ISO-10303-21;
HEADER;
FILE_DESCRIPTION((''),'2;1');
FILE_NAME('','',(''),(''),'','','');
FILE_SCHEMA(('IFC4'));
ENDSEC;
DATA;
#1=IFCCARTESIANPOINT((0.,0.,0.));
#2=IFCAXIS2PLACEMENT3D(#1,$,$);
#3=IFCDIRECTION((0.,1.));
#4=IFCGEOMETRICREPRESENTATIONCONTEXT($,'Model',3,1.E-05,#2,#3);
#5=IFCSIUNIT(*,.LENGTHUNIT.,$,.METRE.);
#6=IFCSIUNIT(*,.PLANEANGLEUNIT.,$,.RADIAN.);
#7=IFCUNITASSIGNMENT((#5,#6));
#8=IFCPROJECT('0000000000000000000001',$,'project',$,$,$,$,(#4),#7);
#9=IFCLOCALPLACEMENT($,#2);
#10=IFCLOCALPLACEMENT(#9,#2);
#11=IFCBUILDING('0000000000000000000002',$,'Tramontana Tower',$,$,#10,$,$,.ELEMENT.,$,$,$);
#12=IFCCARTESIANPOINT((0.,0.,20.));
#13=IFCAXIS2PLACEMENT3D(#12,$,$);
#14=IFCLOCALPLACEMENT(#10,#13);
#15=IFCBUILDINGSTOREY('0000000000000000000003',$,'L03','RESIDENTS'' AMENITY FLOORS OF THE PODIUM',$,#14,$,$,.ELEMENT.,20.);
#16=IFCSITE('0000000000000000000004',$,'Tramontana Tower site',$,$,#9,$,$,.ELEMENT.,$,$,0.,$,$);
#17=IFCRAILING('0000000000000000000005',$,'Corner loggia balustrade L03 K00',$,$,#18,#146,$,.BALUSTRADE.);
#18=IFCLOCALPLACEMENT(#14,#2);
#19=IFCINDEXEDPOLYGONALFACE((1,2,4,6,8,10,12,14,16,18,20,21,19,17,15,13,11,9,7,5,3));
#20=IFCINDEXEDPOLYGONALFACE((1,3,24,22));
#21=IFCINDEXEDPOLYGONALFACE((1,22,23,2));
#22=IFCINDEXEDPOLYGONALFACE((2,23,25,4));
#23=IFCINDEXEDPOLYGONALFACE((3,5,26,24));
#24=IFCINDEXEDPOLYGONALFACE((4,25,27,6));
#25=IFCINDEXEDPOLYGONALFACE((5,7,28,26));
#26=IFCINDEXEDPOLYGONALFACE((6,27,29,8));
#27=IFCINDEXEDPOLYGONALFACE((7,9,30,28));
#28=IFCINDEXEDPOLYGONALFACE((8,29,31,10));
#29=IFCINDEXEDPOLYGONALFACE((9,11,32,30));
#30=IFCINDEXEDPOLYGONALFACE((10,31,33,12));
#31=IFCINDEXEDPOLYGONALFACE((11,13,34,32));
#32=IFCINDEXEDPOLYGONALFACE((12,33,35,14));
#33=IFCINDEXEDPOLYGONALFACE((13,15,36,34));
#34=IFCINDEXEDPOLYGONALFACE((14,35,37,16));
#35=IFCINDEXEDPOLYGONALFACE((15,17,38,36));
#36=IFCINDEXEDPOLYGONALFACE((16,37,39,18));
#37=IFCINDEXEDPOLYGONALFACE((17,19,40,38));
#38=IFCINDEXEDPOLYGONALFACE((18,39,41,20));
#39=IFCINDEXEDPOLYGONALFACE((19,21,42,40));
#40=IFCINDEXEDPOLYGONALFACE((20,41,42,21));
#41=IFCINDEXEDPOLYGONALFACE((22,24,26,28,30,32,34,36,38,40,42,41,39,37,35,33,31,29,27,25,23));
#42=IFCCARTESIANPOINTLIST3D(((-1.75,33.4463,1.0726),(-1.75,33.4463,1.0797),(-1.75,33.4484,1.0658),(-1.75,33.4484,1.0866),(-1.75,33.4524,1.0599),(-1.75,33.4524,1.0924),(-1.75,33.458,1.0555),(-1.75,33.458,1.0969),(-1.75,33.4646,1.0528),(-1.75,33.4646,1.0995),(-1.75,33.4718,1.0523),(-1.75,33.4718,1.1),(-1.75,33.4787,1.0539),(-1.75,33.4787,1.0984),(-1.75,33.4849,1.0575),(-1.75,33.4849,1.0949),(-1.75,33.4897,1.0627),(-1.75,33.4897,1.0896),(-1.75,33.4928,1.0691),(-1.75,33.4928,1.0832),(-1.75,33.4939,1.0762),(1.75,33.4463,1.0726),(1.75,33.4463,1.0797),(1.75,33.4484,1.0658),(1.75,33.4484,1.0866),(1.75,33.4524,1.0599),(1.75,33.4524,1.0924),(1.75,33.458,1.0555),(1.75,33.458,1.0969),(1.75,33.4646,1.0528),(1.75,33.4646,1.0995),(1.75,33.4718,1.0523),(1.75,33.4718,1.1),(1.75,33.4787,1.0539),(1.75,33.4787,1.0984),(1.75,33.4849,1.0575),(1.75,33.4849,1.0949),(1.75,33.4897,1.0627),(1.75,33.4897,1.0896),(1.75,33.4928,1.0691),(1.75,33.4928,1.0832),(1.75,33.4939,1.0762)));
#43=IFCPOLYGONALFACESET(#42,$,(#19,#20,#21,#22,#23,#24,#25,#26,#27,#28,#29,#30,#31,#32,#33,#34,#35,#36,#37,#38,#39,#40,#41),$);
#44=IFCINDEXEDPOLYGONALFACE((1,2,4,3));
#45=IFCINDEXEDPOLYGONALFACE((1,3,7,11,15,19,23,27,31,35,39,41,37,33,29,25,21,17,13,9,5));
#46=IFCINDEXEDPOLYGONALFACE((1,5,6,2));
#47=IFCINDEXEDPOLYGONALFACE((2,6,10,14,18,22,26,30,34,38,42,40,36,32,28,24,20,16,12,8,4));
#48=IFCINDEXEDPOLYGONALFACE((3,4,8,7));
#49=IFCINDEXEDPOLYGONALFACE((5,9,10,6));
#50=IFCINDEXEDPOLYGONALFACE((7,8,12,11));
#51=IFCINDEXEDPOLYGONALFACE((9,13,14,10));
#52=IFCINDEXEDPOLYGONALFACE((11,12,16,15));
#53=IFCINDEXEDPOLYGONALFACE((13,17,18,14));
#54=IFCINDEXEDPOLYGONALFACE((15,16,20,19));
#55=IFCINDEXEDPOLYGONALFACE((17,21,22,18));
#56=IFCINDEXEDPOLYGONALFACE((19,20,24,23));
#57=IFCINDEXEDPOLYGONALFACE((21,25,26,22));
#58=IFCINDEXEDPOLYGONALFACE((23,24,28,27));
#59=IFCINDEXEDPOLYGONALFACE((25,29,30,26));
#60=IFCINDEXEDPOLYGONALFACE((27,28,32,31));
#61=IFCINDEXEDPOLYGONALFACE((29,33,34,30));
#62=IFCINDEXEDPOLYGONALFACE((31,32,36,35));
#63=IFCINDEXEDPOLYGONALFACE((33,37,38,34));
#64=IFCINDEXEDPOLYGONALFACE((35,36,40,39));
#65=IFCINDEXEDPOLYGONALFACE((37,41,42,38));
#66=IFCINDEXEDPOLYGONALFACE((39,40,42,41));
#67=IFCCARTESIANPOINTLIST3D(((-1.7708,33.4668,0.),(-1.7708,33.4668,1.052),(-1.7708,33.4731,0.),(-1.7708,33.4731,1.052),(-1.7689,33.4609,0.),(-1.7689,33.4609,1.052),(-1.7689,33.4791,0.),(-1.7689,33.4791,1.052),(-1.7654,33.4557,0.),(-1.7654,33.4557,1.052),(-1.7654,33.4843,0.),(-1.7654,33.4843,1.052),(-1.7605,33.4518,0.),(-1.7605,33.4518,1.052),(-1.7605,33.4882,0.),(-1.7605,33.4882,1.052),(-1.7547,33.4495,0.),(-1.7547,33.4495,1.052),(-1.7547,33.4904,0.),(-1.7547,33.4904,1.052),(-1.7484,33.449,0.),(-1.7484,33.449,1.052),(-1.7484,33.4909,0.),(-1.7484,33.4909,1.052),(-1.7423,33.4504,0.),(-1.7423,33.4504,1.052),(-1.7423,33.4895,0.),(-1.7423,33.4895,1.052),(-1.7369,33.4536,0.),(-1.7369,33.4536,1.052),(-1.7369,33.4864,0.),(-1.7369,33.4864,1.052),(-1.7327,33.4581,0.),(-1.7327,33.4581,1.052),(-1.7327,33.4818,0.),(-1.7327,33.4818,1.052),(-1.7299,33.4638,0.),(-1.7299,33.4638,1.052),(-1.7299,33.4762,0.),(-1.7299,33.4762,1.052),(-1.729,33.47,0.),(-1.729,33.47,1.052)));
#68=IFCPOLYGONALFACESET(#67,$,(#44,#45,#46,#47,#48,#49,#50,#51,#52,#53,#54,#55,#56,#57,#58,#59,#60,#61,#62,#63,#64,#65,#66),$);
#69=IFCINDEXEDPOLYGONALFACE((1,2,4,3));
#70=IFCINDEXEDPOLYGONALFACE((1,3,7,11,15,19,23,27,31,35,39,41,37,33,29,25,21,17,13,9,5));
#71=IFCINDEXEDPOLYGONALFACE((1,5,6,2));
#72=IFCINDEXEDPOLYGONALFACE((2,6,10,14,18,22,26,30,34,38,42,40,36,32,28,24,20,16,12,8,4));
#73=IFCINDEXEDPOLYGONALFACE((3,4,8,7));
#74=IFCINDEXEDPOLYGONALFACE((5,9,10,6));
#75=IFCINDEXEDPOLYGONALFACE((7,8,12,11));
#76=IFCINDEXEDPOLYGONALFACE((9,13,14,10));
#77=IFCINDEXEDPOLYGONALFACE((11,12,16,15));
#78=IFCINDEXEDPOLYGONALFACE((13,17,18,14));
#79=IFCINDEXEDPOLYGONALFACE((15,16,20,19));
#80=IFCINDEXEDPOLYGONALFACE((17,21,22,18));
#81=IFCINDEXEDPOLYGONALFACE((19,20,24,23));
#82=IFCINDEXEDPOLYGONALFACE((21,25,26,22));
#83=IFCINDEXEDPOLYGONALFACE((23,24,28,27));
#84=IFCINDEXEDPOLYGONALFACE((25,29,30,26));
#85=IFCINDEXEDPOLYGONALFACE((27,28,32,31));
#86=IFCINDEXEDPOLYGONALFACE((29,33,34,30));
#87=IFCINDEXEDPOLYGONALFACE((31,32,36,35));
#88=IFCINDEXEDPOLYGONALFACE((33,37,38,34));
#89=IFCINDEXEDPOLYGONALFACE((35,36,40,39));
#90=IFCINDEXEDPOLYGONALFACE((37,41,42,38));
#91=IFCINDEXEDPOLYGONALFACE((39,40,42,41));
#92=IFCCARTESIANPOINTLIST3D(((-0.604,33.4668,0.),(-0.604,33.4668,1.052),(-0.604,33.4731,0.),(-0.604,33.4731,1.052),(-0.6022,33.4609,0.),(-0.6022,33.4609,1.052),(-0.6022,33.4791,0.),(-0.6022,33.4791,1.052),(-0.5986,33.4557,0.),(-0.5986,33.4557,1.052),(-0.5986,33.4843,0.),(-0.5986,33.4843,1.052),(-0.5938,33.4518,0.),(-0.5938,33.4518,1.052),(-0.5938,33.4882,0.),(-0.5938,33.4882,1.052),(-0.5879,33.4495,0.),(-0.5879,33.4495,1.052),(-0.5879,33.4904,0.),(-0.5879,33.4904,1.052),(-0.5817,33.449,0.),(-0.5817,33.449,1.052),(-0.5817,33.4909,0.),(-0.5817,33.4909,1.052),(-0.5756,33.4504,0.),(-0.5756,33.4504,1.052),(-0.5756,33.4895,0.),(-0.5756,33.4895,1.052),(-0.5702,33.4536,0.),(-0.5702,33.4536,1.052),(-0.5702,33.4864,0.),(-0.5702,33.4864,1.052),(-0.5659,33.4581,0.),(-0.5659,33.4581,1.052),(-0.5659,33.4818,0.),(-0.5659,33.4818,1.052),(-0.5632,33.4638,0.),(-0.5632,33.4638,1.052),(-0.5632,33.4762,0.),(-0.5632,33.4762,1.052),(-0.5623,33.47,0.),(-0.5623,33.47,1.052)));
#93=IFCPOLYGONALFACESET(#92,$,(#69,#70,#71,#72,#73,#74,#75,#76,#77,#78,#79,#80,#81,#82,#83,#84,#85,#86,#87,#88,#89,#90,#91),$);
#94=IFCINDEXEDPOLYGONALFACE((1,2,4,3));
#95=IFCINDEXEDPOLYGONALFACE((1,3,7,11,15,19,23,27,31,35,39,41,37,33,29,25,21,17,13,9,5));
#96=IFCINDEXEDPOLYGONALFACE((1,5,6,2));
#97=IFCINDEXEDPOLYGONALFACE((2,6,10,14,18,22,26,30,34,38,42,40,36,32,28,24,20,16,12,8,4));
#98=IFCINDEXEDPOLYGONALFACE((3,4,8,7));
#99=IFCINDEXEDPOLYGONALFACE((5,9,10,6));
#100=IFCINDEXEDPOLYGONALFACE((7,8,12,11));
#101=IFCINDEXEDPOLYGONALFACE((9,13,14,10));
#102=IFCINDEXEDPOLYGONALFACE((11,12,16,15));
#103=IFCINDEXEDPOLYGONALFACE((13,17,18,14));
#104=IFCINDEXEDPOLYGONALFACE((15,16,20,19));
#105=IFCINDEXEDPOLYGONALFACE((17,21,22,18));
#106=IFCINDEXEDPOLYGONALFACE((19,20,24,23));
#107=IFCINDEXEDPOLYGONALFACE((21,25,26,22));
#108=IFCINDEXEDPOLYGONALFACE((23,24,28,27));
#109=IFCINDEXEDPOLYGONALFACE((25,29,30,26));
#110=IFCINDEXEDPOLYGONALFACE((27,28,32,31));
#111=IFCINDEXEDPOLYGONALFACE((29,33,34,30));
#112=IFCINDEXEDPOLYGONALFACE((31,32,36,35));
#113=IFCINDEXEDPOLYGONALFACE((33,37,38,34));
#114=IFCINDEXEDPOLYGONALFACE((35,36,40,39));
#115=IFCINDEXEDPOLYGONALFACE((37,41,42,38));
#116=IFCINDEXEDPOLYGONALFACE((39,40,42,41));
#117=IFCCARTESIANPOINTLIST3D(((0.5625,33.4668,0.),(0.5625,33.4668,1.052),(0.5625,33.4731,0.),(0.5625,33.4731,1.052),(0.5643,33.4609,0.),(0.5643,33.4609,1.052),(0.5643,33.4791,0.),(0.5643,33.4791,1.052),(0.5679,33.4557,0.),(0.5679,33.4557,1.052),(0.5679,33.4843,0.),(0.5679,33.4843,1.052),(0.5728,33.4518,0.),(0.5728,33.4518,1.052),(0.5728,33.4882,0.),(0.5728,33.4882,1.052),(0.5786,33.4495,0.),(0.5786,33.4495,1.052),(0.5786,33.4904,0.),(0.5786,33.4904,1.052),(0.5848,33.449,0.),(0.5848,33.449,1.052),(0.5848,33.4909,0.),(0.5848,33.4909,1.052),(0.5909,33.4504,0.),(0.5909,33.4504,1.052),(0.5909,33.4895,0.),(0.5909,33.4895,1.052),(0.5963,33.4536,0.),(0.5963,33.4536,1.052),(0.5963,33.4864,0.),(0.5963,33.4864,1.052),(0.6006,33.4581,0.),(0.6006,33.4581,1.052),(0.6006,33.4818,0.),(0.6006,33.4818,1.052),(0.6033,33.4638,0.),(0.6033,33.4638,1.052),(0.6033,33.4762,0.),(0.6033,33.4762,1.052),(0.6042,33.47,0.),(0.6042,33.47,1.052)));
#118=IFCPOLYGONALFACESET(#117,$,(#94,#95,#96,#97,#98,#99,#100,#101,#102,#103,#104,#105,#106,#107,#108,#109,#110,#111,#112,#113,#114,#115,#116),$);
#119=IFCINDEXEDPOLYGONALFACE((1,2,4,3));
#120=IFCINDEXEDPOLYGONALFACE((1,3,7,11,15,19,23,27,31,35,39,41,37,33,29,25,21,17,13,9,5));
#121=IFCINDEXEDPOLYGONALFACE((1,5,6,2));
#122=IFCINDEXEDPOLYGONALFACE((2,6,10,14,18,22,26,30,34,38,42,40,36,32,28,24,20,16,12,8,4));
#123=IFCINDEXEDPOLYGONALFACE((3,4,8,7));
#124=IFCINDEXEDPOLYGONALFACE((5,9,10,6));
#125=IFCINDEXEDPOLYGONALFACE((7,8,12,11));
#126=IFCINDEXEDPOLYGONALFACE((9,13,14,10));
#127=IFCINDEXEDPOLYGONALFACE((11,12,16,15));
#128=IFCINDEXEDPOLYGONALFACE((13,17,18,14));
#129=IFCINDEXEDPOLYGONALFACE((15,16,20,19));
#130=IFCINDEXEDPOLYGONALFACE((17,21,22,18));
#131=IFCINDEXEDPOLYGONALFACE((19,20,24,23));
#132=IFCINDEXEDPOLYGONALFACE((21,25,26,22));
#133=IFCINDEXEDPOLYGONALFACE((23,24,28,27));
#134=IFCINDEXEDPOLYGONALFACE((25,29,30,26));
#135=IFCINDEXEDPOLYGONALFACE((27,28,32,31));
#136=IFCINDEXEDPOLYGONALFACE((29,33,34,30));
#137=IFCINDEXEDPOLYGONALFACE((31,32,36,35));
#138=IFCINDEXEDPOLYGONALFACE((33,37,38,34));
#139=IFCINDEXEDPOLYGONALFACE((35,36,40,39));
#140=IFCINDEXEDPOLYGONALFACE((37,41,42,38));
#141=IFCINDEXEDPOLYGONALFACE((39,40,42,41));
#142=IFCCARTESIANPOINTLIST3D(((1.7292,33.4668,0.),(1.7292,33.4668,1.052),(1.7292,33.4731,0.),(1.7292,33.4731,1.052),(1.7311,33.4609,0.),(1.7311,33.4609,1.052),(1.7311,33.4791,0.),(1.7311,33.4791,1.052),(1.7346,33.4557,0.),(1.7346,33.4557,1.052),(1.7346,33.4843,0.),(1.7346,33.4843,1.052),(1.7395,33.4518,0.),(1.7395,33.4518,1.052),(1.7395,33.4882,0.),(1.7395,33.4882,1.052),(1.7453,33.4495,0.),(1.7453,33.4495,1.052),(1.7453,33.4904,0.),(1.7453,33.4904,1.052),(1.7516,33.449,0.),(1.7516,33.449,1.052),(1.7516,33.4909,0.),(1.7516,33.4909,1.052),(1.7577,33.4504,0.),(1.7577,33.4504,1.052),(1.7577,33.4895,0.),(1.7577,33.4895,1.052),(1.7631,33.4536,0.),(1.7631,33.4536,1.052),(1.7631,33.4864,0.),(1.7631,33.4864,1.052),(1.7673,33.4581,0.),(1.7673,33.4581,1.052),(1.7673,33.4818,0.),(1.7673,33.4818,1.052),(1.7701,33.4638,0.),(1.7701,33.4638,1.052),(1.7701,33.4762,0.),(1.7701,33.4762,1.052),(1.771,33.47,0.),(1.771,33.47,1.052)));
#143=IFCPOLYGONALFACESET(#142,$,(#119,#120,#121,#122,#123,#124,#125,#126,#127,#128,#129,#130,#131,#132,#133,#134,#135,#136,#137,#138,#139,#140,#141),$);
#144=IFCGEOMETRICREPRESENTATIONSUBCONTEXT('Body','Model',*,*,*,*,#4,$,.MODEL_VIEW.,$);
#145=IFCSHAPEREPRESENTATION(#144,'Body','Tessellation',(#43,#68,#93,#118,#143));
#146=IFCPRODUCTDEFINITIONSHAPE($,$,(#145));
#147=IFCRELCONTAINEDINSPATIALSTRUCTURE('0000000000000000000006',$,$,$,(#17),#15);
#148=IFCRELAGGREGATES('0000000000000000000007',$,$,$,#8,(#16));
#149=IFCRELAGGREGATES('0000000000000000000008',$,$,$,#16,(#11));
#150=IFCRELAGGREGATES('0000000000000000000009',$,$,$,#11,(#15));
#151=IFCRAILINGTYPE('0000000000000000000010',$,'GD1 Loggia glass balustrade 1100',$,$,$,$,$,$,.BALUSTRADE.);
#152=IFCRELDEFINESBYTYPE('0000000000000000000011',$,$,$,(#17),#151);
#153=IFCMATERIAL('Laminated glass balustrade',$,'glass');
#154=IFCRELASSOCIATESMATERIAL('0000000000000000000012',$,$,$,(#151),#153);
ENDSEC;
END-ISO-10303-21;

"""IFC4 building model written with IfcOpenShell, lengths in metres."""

from ifc_helpers import new_model, si_unit, direction, frame, origin, origin_2d, place, context, subcontext, project, spatial, circle, extrude, material, type_object, element, save


model = new_model("IFC4")

# Units and contexts
model_context = context("Model", 3, precision=1e-05, world=origin(), true_north=direction((0.0, 1.0)))
body_context = subcontext(model_context, "Body", "Model", "MODEL_VIEW")
ifc_project = project(units=[si_unit("LENGTHUNIT", "METRE"), si_unit("PLANEANGLEUNIT", "RADIAN")], contexts=[model_context])

# Site, building, storey
site_placement = place(None, origin())
site = spatial("IfcSite", under=ifc_project, at=site_placement, Name="Tramontana Tower site", CompositionType="ELEMENT", RefElevation=0.0)
building_placement = place(site_placement, origin())
building = spatial("IfcBuilding", under=site, at=building_placement, Name="Tramontana Tower", CompositionType="ELEMENT")
storey_placement = place(building_placement, frame((0.0, 0.0, 20.0)))
storey = spatial("IfcBuildingStorey", under=building, at=storey_placement, Name="L03", Description="RESIDENTS' AMENITY FLOORS OF THE PODIUM", CompositionType="ELEMENT", Elevation=20.0)

# Railing
ifc_material_1 = material(Name="Laminated glass balustrade", Category="glass")
railing_type = type_object("IfcRailingType", Name="GD1 Loggia glass balustrade 1100", PredefinedType="BALUSTRADE", material=ifc_material_1)
railing_placement = place(storey_placement, frame((-1.75, 33.47, 0.0)))
element("IfcRailing", 1, at=railing_placement, inside=storey, type_object=railing_type, Name="Corner loggia balustrade L03 K00", PredefinedType="BALUSTRADE", context=body_context, shape_type="SweptSolid", body=[
    extrude(circle(Radius=0.0239, at=origin_2d()), frame((0.0, 0.0, 1.0762), z_axis=(1.0, 0.0, 0.0), x_axis=(0.0, 1.0, 0.0)), (0.0, 0.0, 1.0), 3.5),
    extrude(circle(Radius=0.021, at=origin_2d()), origin(), (0.0, 0.0, 1.0), 1.052),
    extrude(circle(Radius=0.021, at=origin_2d()), frame((1.1667, 0.0, 0.0)), (0.0, 0.0, 1.0), 1.052),
    extrude(circle(Radius=0.021, at=origin_2d()), frame((2.3333, 0.0, 0.0)), (0.0, 0.0, 1.0), 1.052),
    extrude(circle(Radius=0.021, at=origin_2d()), frame((3.5, 0.0, 0.0)), (0.0, 0.0, 1.0), 1.052),
])

save(model, "model.ifc")
